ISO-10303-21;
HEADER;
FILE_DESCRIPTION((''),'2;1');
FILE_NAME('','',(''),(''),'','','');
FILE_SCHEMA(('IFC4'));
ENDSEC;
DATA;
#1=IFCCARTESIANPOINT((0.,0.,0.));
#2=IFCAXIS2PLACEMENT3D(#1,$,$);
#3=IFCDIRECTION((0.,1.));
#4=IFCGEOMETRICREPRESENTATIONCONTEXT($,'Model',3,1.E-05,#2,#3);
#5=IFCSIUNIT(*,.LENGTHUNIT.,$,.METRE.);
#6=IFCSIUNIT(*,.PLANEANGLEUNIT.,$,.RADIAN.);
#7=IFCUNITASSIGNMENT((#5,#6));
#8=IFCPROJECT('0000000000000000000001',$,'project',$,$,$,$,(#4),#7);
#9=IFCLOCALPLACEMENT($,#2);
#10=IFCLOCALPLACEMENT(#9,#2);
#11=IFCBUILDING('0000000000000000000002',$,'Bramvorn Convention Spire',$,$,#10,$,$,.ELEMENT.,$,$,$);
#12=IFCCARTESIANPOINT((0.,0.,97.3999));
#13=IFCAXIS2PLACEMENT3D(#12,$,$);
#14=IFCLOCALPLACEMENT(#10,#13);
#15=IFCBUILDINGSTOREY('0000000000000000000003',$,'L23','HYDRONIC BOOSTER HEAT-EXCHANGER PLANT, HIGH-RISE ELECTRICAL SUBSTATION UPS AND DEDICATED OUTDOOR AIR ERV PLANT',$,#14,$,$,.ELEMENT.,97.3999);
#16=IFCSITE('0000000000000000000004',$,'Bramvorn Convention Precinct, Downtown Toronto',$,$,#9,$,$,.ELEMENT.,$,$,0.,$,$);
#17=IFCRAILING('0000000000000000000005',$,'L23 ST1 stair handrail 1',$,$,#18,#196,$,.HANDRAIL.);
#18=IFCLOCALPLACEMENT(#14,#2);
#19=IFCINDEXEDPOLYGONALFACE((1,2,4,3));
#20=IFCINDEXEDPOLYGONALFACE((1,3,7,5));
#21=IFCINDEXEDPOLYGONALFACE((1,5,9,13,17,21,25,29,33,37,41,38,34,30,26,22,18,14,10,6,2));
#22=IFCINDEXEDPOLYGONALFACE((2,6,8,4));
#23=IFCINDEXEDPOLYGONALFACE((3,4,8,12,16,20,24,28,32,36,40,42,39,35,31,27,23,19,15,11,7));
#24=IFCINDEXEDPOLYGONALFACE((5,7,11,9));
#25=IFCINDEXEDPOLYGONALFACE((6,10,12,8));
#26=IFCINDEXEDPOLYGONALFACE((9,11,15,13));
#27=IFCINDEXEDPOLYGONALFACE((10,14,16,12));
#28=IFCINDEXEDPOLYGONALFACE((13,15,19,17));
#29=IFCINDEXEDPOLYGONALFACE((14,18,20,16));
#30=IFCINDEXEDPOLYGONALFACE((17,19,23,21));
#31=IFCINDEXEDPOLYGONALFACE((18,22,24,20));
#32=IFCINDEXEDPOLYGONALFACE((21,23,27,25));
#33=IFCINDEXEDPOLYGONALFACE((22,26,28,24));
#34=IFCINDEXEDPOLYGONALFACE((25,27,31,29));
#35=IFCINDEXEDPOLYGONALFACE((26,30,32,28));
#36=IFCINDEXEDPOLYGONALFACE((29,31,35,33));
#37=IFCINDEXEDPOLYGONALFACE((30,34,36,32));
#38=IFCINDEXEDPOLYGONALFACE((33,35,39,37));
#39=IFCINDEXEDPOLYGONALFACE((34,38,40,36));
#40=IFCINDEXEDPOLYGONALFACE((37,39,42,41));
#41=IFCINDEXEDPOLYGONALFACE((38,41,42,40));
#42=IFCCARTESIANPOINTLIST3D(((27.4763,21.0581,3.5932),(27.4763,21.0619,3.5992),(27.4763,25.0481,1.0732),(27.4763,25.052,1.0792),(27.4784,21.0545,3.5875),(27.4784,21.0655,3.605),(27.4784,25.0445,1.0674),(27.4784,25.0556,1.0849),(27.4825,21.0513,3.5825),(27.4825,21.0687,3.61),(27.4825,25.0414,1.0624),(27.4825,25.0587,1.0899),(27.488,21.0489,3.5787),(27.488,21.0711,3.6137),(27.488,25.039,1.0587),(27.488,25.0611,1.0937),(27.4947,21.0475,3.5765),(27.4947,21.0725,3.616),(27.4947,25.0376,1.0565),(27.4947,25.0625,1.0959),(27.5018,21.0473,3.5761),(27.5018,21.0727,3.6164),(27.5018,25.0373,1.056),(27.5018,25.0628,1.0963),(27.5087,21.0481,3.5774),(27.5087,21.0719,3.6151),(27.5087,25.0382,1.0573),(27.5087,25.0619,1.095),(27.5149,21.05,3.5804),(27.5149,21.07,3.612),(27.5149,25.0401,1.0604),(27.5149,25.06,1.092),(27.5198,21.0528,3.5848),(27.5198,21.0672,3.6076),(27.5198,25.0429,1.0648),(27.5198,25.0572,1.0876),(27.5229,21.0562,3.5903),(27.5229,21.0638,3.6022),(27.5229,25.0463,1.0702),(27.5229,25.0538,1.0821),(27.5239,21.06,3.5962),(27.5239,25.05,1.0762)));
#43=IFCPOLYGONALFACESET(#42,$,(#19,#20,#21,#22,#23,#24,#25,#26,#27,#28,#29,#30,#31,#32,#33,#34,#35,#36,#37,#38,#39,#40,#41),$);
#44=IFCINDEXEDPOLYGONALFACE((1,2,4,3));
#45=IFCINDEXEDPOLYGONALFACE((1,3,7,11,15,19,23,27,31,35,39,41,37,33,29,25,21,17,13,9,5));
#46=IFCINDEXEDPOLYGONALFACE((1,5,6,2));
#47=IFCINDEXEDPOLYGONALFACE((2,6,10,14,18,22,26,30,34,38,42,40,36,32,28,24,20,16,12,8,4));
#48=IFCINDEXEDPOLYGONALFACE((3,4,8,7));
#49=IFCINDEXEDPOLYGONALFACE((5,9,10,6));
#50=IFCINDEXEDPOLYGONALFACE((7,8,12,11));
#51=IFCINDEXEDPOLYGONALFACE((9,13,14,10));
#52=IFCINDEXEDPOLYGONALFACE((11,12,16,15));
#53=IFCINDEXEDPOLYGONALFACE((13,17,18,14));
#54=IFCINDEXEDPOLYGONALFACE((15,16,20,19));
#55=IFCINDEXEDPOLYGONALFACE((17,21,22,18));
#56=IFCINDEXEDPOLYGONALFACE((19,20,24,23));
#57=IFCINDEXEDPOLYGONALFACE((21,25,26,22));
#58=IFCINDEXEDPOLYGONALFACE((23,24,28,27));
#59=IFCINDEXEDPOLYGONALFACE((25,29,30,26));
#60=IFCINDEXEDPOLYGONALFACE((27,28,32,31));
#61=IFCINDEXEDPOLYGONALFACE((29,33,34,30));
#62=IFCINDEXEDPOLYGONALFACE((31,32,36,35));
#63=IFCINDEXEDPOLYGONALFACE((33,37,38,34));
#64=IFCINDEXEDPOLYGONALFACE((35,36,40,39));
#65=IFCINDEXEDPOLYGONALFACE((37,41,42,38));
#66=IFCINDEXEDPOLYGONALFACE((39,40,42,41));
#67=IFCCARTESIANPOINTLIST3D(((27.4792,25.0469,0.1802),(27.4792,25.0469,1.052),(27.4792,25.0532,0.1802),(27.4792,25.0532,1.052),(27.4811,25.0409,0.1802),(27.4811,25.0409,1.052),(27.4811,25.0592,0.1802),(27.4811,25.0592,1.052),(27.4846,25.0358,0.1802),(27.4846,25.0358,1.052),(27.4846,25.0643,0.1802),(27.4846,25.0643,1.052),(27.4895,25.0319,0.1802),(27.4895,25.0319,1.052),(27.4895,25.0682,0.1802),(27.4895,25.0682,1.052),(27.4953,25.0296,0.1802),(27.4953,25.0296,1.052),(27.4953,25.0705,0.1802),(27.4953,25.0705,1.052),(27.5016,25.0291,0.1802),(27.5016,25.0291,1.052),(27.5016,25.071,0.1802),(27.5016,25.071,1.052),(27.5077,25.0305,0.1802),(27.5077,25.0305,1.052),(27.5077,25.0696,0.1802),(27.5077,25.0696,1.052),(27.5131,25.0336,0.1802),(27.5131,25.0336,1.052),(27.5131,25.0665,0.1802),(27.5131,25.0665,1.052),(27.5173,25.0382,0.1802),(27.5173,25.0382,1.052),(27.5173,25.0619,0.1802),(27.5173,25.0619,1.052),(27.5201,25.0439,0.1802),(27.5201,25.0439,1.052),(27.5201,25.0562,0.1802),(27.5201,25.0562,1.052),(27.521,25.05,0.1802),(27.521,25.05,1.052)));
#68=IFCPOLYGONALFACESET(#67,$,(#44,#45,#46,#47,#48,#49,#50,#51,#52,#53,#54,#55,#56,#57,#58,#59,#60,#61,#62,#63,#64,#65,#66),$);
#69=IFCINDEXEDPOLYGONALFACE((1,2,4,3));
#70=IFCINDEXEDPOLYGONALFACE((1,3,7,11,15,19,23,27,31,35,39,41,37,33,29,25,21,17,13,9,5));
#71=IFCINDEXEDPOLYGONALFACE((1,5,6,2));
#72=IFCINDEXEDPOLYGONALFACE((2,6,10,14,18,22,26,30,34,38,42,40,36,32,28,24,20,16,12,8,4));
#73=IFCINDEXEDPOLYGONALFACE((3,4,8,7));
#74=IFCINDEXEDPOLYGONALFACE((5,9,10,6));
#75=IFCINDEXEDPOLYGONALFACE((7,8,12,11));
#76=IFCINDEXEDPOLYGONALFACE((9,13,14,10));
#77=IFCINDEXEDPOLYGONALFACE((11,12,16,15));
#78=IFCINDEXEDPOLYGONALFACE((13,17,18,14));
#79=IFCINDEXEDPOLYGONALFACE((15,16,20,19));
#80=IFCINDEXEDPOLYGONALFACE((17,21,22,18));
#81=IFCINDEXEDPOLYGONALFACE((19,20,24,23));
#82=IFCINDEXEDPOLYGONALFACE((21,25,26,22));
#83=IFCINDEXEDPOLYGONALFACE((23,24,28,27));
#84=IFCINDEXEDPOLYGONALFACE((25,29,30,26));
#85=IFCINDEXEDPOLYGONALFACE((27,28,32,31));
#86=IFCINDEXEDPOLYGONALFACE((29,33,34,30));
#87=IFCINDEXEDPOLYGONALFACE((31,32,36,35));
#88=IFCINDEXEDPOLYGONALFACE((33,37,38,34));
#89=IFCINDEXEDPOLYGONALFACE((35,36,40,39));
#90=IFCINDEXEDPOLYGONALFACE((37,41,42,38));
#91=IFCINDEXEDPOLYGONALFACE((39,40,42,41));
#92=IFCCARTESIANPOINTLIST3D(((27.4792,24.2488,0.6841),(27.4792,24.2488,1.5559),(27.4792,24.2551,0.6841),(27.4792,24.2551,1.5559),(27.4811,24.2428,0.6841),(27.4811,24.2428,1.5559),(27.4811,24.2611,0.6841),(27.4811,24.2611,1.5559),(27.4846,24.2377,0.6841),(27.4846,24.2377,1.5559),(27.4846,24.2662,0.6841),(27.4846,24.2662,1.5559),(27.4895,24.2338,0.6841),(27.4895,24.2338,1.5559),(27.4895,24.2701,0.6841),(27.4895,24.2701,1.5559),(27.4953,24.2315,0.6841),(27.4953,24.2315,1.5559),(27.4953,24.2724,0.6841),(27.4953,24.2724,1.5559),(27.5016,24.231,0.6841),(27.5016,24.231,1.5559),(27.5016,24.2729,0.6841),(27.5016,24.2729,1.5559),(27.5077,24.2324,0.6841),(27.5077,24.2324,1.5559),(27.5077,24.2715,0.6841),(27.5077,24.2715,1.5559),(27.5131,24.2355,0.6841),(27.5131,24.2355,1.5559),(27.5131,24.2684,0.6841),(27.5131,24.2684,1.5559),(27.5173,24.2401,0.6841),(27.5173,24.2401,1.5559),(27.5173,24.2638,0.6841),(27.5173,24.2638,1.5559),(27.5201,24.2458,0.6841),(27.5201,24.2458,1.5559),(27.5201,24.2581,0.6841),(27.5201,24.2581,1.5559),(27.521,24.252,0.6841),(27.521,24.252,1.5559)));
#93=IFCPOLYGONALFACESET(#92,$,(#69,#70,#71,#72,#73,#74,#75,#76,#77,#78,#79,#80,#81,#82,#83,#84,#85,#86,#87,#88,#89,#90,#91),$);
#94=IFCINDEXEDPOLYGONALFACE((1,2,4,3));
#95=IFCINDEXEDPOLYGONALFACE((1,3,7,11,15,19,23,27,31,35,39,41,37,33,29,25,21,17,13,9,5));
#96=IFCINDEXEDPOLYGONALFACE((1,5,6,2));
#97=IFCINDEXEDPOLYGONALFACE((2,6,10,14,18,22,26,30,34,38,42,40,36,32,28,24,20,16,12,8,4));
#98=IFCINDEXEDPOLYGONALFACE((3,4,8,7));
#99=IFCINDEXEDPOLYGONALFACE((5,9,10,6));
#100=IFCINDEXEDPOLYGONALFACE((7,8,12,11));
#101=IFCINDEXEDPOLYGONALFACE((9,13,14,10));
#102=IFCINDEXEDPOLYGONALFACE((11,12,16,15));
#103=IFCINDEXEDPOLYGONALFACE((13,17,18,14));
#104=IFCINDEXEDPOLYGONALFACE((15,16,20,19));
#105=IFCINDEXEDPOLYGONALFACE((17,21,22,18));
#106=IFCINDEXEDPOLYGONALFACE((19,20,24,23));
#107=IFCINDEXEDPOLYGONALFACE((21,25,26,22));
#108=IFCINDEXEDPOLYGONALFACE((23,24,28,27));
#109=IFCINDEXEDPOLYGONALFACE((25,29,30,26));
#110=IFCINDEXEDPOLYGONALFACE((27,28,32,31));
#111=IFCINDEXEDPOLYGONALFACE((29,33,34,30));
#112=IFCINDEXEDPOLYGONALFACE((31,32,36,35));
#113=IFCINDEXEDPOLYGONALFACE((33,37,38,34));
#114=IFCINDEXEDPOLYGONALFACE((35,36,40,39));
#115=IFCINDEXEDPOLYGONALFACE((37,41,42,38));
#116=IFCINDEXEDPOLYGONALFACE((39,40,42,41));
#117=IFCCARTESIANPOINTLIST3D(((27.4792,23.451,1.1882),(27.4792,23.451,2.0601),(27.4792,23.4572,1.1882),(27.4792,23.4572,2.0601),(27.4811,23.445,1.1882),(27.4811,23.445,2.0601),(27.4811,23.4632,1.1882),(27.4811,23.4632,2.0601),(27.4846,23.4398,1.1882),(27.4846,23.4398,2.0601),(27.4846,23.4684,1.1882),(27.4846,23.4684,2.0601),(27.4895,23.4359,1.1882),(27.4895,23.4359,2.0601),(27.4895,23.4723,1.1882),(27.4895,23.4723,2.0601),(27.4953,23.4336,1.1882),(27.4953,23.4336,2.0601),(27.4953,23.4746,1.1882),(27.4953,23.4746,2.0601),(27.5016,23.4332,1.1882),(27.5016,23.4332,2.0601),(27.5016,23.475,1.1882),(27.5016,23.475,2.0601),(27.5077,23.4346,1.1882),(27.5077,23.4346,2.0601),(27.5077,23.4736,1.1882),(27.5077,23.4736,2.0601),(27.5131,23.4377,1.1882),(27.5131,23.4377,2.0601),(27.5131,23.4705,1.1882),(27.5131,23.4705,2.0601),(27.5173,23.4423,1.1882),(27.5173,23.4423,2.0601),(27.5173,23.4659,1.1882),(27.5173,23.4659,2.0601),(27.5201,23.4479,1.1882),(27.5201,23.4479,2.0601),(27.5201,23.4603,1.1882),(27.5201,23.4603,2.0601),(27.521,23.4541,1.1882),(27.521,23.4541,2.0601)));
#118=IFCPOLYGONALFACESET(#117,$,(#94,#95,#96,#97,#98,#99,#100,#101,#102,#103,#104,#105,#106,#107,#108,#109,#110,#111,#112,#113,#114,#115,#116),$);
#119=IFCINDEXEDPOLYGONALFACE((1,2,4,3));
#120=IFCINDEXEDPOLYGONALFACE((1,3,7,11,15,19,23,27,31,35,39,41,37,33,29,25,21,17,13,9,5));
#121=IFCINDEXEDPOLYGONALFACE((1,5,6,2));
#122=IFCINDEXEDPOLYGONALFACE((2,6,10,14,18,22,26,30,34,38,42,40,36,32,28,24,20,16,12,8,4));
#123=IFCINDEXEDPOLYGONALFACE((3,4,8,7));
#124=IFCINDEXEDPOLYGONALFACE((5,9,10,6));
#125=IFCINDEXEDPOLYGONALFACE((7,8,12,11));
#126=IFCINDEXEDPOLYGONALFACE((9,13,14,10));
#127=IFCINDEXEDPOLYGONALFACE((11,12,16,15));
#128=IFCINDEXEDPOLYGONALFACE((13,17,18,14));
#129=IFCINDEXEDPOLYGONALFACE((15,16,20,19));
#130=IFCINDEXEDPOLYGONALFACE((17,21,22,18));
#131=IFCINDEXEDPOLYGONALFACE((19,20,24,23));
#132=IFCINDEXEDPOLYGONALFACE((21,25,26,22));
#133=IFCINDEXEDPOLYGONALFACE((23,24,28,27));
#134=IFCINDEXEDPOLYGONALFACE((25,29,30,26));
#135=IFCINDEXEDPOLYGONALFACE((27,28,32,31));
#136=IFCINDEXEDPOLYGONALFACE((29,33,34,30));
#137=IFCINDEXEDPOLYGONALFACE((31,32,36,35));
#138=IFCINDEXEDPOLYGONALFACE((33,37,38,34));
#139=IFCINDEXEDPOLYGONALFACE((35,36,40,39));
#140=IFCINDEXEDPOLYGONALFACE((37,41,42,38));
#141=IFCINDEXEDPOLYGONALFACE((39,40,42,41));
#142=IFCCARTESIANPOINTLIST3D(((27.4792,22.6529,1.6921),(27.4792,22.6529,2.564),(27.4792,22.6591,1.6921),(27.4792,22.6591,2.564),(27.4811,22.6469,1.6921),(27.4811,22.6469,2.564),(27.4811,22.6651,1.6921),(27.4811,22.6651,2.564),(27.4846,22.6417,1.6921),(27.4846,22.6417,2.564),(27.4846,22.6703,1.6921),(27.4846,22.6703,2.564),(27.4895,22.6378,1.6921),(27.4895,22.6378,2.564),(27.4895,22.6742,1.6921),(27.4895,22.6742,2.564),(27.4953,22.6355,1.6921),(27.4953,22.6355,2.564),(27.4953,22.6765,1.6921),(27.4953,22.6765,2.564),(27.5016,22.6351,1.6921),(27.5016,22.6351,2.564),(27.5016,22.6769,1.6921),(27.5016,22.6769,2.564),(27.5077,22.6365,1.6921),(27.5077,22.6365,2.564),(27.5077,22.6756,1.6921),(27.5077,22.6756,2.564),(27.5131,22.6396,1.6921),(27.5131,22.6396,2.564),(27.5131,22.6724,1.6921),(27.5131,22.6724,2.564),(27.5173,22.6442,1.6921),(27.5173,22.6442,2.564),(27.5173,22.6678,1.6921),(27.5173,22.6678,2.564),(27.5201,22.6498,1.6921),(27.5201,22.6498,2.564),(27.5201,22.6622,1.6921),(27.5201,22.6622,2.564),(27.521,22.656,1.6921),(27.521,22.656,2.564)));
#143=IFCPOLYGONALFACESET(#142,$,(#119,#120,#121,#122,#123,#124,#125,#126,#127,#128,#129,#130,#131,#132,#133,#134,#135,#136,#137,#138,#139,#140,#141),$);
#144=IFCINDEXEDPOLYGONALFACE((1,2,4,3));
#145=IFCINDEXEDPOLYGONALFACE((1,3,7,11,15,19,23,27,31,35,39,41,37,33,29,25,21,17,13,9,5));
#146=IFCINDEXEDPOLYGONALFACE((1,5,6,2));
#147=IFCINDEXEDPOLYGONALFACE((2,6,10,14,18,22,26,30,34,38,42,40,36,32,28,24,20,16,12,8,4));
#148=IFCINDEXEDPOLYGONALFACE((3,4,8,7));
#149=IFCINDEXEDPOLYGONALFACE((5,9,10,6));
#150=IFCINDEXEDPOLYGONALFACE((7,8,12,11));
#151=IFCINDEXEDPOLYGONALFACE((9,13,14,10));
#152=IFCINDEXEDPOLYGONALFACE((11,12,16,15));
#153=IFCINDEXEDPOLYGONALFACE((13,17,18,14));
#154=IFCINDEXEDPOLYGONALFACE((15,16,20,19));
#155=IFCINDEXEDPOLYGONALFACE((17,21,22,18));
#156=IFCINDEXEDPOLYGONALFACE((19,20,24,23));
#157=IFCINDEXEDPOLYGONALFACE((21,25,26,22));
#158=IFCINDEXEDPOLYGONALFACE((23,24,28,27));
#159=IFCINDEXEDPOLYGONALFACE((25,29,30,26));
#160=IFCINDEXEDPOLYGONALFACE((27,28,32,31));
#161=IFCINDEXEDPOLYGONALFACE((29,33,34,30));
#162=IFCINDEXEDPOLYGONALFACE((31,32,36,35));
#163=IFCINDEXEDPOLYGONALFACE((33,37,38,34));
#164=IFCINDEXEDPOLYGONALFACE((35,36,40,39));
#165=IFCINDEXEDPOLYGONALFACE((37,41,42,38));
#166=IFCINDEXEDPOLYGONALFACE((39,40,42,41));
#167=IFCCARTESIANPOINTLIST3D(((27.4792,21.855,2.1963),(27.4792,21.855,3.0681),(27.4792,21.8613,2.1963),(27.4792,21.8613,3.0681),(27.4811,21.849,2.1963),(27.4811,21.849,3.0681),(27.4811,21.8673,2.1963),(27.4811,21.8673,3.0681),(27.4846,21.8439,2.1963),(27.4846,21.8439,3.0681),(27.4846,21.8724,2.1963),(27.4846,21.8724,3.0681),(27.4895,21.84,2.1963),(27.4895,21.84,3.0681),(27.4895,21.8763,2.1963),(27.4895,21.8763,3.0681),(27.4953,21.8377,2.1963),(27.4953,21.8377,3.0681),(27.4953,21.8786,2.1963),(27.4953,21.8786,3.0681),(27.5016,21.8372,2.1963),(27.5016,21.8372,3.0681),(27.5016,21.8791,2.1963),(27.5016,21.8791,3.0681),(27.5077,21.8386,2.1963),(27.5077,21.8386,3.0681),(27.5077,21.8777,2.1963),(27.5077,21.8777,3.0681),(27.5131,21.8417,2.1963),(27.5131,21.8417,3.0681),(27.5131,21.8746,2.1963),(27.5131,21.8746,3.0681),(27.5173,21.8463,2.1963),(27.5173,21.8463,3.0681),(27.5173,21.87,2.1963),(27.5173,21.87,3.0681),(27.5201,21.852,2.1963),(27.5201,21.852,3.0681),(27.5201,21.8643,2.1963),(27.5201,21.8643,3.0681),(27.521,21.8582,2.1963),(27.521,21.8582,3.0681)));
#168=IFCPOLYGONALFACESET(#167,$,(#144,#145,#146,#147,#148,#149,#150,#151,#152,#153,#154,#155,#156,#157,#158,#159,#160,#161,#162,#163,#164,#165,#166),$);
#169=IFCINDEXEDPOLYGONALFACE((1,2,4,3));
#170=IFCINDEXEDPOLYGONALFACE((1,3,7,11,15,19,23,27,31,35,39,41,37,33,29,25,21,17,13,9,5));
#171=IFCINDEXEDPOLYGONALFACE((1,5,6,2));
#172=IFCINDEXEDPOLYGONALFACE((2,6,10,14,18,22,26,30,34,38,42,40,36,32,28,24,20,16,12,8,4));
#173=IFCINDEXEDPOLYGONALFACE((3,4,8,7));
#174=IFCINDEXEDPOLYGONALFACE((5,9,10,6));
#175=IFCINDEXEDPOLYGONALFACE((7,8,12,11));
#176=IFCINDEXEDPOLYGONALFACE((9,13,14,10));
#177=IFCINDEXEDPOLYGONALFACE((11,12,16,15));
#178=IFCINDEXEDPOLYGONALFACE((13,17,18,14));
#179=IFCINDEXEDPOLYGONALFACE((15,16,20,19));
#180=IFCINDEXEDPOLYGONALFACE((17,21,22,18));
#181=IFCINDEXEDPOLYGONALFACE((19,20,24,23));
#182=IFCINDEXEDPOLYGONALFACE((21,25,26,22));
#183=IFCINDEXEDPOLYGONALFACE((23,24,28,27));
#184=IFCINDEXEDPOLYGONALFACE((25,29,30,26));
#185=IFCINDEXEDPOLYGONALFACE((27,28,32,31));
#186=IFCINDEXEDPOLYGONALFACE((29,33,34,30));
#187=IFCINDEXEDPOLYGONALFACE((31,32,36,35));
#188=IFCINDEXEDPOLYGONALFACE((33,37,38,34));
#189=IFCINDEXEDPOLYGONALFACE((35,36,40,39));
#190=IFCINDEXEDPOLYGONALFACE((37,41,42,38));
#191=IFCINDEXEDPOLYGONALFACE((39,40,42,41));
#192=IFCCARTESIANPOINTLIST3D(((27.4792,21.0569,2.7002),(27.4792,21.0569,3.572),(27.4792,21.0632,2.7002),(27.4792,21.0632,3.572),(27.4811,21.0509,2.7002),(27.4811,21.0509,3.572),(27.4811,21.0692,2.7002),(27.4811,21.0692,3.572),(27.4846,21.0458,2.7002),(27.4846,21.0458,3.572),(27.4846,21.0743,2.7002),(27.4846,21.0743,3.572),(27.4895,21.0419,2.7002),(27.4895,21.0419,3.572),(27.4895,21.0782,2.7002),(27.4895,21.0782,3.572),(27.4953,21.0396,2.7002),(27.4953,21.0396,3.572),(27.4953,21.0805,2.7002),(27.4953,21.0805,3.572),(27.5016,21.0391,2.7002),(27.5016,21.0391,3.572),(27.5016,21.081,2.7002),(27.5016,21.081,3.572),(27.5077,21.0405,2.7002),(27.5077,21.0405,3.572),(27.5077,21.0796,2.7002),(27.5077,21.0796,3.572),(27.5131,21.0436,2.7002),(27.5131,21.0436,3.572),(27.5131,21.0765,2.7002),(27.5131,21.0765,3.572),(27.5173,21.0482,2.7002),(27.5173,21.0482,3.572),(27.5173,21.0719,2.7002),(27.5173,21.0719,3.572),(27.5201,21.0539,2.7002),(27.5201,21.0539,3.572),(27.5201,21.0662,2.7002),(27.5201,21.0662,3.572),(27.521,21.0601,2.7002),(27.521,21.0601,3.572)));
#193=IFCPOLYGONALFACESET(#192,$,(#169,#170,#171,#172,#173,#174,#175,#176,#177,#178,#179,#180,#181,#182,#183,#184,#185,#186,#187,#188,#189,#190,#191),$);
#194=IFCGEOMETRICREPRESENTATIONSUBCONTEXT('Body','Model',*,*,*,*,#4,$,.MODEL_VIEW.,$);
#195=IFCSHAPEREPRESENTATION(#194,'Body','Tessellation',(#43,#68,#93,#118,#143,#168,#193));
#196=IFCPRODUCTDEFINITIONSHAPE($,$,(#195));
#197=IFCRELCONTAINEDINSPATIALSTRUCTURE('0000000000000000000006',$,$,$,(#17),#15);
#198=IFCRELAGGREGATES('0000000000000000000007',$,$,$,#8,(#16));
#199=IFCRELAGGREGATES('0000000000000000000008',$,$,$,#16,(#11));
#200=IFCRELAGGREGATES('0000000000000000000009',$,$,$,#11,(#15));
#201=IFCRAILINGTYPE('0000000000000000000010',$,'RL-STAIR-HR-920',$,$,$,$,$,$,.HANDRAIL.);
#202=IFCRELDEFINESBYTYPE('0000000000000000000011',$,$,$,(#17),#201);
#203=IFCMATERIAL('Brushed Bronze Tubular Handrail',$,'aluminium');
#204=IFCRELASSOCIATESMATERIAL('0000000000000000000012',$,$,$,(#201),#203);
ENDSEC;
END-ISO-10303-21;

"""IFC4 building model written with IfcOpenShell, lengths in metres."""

from ifc_helpers import new_model, si_unit, direction, frame, origin, origin_2d, place, context, subcontext, project, spatial, circle, extrude, material, type_object, element, save


model = new_model("IFC4")

# Units and contexts
model_context = context("Model", 3, precision=1e-05, world=origin(), true_north=direction((0.0, 1.0)))
body_context = subcontext(model_context, "Body", "Model", "MODEL_VIEW")
ifc_project = project(units=[si_unit("LENGTHUNIT", "METRE"), si_unit("PLANEANGLEUNIT", "RADIAN")], contexts=[model_context])

# Site, building, storey
site_placement = place(None, origin())
site = spatial("IfcSite", under=ifc_project, at=site_placement, Name="Bramvorn Convention Precinct, Downtown Toronto", CompositionType="ELEMENT", RefElevation=0.0)
building_placement = place(site_placement, origin())
building = spatial("IfcBuilding", under=site, at=building_placement, Name="Bramvorn Convention Spire", CompositionType="ELEMENT")
storey_placement = place(building_placement, frame((0.0, 0.0, 97.3999)))
storey = spatial("IfcBuildingStorey", under=building, at=storey_placement, Name="L23", Description="HYDRONIC BOOSTER HEAT-EXCHANGER PLANT, HIGH-RISE ELECTRICAL SUBSTATION UPS AND DEDICATED OUTDOOR AIR ERV PLANT", CompositionType="ELEMENT", Elevation=97.3999)

# Railing
ifc_material_1 = material(Name="Brushed Bronze Tubular Handrail", Category="aluminium")
railing_type_1 = type_object("IfcRailingType", Name="RL-STAIR-HR-920", PredefinedType="HANDRAIL", material=ifc_material_1)
railing_1_placement = place(storey_placement, frame((27.5, 25.05, 0.1802)))
element("IfcRailing", 1, at=railing_1_placement, inside=storey, type_object=railing_type_1, Name="L23 ST1 stair handrail 1", PredefinedType="HANDRAIL", context=body_context, shape_type="SweptSolid", body=[
    extrude(circle(Radius=0.0239, at=origin_2d()), frame((0.0, 0.0, 0.896), z_axis=(0.0, -0.845486, 0.533997), x_axis=(1.0, 0.0, 0.0)), (0.0, 0.0, 1.0), 4.7192),
    extrude(circle(Radius=0.021, at=origin_2d()), origin(), (0.0, 0.0, 1.0), 0.8718),
    extrude(circle(Radius=0.021, at=origin_2d()), frame((0.0, -0.7981, 0.5039)), (0.0, 0.0, 1.0), 0.8718),
    extrude(circle(Radius=0.021, at=origin_2d()), frame((0.0, -1.5959, 1.0081)), (0.0, 0.0, 1.0), 0.8718),
    extrude(circle(Radius=0.021, at=origin_2d()), frame((0.0, -2.394, 1.512)), (0.0, 0.0, 1.0), 0.8718),
    extrude(circle(Radius=0.021, at=origin_2d()), frame((0.0, -3.1919, 2.0161)), (0.0, 0.0, 1.0), 0.8718),
    extrude(circle(Radius=0.021, at=origin_2d()), frame((0.0, -3.99, 2.52)), (0.0, 0.0, 1.0), 0.8718),
])

save(model, "model.ifc")
